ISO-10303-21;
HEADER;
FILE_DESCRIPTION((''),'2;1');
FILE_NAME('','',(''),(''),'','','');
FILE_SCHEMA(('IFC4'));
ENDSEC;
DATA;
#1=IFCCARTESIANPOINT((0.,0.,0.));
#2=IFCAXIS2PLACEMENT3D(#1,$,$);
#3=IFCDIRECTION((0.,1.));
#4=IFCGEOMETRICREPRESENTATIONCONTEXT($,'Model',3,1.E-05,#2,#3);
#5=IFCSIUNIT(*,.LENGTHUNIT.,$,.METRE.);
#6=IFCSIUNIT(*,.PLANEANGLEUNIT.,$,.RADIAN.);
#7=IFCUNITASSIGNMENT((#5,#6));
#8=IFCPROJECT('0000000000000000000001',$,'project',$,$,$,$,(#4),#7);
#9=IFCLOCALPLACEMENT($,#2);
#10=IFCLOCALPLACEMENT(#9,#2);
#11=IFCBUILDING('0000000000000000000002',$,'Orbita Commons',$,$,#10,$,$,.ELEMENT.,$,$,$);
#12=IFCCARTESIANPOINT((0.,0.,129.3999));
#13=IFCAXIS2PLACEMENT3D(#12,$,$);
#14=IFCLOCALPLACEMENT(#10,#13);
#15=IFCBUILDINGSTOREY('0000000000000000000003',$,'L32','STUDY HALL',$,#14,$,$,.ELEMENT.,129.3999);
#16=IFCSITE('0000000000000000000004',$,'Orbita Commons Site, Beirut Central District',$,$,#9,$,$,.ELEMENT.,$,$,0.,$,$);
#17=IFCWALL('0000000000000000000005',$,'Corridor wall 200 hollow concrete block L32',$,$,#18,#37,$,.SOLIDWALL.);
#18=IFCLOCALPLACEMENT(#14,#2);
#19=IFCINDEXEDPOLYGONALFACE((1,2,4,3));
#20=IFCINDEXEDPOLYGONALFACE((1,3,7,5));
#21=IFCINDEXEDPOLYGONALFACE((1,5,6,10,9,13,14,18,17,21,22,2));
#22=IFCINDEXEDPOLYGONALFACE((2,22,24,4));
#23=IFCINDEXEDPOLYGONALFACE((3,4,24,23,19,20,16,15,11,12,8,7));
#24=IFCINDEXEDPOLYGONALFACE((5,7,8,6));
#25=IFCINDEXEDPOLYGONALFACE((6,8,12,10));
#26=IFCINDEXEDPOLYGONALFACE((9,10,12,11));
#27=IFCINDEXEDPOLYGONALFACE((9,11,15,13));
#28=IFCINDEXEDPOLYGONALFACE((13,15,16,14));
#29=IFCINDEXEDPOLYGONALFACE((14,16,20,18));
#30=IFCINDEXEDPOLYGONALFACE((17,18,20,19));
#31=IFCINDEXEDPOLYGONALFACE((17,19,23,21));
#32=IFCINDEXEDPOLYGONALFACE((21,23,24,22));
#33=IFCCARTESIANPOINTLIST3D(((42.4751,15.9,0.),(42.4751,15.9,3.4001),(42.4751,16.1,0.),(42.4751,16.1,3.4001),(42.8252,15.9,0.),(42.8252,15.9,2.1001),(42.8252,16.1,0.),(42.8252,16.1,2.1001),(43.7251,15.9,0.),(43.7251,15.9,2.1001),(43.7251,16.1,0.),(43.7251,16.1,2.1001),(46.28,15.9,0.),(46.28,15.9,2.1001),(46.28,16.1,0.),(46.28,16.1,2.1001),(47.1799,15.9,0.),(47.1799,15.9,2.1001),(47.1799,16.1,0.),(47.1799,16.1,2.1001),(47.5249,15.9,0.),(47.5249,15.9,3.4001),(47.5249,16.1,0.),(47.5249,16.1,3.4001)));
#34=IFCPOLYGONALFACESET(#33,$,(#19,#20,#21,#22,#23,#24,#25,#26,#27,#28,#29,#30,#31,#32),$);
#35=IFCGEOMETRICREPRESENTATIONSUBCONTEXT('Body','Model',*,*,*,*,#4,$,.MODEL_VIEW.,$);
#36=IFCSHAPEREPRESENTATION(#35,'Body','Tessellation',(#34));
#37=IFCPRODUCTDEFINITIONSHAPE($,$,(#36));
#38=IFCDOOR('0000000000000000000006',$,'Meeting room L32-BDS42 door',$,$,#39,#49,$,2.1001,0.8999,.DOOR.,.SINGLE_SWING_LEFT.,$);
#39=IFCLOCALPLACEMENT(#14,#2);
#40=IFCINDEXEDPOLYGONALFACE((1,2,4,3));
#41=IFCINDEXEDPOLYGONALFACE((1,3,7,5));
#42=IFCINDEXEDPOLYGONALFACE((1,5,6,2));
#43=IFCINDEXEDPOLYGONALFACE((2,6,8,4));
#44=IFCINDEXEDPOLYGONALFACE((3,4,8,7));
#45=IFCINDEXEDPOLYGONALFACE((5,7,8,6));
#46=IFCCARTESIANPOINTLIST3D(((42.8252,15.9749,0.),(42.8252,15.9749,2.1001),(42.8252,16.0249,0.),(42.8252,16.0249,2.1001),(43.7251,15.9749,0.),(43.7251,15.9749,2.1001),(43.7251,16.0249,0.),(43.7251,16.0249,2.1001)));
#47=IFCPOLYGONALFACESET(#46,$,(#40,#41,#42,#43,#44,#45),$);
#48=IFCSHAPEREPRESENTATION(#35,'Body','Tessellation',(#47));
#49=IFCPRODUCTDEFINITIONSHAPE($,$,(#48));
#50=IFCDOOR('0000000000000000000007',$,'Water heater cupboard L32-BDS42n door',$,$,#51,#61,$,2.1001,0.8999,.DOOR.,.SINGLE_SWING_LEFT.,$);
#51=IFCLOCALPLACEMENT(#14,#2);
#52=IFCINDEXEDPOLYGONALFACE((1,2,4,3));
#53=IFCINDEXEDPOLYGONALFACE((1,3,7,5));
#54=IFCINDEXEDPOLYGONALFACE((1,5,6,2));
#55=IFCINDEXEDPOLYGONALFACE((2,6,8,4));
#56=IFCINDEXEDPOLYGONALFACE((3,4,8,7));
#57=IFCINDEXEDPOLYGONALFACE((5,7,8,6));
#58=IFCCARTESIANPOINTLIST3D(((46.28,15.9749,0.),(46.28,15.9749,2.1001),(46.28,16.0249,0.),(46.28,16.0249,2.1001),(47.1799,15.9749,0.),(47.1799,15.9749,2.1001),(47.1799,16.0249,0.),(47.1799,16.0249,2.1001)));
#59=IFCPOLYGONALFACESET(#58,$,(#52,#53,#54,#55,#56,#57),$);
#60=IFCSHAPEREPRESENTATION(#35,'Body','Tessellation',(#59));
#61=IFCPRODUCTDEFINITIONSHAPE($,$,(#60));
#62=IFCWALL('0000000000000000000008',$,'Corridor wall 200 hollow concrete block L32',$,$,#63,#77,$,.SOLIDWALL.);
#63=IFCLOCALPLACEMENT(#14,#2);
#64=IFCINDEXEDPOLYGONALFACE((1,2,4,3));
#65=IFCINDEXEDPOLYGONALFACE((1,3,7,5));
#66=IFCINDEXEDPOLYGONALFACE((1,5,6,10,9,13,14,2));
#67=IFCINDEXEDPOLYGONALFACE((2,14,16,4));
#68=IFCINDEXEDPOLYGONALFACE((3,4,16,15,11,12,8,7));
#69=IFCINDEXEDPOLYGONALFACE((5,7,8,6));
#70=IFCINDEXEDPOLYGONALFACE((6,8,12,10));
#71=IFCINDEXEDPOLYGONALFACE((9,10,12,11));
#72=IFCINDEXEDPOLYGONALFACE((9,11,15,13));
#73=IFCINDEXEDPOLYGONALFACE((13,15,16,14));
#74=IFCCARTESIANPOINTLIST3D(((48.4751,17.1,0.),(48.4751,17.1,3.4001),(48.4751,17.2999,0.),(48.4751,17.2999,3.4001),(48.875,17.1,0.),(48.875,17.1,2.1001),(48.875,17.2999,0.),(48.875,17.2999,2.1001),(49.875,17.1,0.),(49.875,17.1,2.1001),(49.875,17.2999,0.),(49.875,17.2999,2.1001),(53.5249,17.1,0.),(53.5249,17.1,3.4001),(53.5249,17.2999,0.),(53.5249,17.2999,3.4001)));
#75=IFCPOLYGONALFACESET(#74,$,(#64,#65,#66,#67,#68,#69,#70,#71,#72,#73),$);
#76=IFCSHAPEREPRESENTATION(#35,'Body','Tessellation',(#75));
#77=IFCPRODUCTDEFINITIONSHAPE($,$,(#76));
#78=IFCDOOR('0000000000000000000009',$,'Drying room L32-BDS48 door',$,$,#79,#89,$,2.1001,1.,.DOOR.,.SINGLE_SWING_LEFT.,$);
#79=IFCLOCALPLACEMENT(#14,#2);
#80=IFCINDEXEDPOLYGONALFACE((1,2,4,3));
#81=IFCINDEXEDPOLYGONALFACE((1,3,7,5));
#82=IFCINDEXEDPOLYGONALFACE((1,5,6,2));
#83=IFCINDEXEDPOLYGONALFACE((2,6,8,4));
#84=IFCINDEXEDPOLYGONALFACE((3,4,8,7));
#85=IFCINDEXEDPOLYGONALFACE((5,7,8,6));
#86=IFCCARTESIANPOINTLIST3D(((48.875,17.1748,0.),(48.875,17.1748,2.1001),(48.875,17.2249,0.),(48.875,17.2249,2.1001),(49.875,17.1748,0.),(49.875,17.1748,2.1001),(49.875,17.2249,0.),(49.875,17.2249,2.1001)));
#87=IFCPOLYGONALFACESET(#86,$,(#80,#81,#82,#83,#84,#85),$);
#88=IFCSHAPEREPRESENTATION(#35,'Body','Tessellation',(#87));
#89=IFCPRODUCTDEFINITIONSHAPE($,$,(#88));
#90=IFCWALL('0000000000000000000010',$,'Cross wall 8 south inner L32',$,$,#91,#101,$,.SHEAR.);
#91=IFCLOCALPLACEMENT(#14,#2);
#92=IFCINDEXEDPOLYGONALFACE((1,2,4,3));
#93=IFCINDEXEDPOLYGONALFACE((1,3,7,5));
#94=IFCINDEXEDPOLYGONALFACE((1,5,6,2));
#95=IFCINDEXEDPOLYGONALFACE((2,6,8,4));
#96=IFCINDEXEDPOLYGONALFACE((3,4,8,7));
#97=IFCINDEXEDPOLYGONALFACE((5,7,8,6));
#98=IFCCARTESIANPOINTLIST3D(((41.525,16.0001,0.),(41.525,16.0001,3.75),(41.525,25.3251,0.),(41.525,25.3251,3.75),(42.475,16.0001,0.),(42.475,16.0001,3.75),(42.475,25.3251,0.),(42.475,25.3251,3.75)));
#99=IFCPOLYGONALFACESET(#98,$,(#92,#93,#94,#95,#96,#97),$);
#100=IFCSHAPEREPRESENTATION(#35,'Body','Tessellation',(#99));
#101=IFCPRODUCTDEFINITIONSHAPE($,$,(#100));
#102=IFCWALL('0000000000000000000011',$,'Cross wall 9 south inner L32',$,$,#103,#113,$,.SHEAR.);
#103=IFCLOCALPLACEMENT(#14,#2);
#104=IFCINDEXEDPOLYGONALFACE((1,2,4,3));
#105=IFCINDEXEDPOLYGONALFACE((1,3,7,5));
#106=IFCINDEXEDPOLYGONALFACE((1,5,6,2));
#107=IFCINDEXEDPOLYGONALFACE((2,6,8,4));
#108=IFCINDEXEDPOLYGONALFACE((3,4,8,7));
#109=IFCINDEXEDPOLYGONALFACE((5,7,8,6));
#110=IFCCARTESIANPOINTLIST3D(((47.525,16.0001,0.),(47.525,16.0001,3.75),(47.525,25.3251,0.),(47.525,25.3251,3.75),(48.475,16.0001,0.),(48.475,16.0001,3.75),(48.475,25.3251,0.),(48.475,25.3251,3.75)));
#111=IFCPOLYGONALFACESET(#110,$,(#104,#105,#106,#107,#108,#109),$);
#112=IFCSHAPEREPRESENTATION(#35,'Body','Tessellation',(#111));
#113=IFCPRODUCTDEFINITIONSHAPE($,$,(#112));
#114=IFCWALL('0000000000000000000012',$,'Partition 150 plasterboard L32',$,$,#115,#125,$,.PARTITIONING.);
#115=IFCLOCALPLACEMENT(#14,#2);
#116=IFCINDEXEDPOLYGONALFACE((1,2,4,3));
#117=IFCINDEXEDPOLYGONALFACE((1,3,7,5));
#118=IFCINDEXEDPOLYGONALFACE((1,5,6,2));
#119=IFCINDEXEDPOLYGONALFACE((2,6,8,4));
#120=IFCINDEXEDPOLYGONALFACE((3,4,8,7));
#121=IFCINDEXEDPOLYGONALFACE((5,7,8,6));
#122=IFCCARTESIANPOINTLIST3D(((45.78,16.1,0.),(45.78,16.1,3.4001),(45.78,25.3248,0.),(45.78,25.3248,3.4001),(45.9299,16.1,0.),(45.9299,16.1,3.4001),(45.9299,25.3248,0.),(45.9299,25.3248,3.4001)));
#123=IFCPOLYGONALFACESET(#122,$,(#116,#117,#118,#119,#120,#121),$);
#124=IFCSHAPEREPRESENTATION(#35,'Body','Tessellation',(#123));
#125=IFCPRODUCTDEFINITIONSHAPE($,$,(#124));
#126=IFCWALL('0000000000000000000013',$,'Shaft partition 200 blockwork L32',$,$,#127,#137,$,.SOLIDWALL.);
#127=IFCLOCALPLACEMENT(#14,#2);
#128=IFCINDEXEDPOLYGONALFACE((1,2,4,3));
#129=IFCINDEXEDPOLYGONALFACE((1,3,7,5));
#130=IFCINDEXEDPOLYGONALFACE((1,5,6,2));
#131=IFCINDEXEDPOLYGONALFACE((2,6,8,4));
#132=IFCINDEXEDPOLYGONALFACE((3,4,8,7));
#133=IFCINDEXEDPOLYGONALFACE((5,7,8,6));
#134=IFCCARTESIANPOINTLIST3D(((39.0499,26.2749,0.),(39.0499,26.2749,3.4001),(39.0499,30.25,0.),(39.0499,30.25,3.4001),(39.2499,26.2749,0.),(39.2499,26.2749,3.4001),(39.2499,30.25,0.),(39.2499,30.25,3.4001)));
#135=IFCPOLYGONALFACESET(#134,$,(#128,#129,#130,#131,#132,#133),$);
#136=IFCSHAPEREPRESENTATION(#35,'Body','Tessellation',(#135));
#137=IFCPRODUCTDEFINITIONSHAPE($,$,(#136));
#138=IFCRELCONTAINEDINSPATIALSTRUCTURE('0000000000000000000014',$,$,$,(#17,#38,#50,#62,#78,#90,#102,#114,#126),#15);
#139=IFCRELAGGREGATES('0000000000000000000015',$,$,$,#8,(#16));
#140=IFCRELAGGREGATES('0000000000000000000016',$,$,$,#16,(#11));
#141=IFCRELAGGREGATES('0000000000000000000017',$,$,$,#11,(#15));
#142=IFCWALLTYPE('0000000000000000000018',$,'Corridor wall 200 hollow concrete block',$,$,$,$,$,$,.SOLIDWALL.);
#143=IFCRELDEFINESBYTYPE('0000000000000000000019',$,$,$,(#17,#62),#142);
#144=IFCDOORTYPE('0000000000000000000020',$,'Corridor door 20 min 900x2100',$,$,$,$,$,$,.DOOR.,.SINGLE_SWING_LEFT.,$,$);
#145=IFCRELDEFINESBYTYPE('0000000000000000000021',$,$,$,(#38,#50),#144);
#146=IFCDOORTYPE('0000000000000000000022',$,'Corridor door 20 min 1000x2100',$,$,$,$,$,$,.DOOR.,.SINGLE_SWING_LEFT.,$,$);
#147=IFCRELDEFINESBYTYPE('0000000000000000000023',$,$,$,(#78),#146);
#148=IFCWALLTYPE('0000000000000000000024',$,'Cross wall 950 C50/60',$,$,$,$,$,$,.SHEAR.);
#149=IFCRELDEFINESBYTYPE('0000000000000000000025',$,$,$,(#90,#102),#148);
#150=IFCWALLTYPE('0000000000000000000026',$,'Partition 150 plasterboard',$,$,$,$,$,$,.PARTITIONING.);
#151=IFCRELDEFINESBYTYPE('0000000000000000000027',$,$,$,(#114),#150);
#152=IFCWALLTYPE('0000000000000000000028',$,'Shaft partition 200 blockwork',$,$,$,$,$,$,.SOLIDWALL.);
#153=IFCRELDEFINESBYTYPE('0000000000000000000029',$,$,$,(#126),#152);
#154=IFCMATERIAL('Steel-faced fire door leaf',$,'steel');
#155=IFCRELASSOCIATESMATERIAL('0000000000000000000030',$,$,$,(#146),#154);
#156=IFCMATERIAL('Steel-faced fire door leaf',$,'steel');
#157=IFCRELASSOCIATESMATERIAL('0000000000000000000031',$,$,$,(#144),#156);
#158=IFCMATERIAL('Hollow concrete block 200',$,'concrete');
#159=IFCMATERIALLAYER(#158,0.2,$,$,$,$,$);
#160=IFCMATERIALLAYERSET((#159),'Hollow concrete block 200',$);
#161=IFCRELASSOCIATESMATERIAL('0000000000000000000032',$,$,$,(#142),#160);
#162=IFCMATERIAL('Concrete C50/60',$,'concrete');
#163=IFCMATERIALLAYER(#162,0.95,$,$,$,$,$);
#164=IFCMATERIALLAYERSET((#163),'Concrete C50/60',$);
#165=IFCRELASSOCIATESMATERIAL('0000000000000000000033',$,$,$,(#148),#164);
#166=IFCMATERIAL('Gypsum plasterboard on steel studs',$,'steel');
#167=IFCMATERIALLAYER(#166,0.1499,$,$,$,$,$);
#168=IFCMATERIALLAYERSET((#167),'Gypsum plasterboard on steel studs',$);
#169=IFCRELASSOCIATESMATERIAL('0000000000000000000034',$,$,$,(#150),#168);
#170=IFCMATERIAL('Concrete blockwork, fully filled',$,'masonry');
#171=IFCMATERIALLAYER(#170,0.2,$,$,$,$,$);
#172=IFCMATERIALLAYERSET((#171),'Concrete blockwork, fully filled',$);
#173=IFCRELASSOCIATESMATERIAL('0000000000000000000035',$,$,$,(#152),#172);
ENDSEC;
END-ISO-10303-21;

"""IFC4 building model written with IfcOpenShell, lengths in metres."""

from ifc_helpers import new_model, si_unit, direction, frame, frame_2d, origin, place, context, subcontext, project, spatial, rectangle, extrude, material, layer, layer_set, type_object, element, fill, save


model = new_model("IFC4")

# Units and contexts
model_context = context("Model", 3, precision=1e-05, world=origin(), true_north=direction((0.0, 1.0)))
body_context = subcontext(model_context, "Body", "Model", "MODEL_VIEW")
ifc_project = project(units=[si_unit("LENGTHUNIT", "METRE"), si_unit("PLANEANGLEUNIT", "RADIAN")], contexts=[model_context])

# Site, building, storey
site_placement = place(None, origin())
site = spatial("IfcSite", under=ifc_project, at=site_placement, Name="Orbita Commons Site, Beirut Central District", CompositionType="ELEMENT", RefElevation=0.0)
building_placement = place(site_placement, origin())
building = spatial("IfcBuilding", under=site, at=building_placement, Name="Orbita Commons", CompositionType="ELEMENT")
storey_placement = place(building_placement, frame((0.0, 0.0, 129.3999)))
storey = spatial("IfcBuildingStorey", under=building, at=storey_placement, Name="L32", Description="STUDY HALL", CompositionType="ELEMENT", Elevation=129.3999)

# Shared definitions
ifc_material_1 = material(Name="Steel-faced fire door leaf", Category="steel")
door_type_1 = type_object("IfcDoorType", Name="Corridor door 20 min 1000x2100", OperationType="SINGLE_SWING_LEFT", PredefinedType="DOOR", material=ifc_material_1)

# Wall, openings, doors
ifc_material_2 = material(Name="Steel-faced fire door leaf", Category="steel")
door_type_2 = type_object("IfcDoorType", Name="Corridor door 20 min 900x2100", OperationType="SINGLE_SWING_LEFT", PredefinedType="DOOR", material=ifc_material_2)
ifc_material_3 = material(Name="Hollow concrete block 200", Category="concrete")
ifc_layer_1 = layer(ifc_material_3, 0.2)
ifc_layer_set_1 = layer_set([ifc_layer_1], Name="Hollow concrete block 200")
wall_type_1 = type_object("IfcWallType", Name="Corridor wall 200 hollow concrete block", PredefinedType="SOLIDWALL", material=ifc_layer_set_1)
wall_1_placement = place(storey_placement, frame((42.4751, 16.0, 0.0), z_axis=(0.0, 0.0, 1.0), x_axis=(1.0, 0.0, 0.0)))
wall_1 = element("IfcWall", 1, at=wall_1_placement, inside=storey, type_object=wall_type_1, Name="Corridor wall 200 hollow concrete block L32", PredefinedType="SOLIDWALL", context=body_context, shape_type="SweptSolid", body=[
    extrude(rectangle(XDim=5.0498, YDim=0.2, at=frame_2d((2.5249, 0.0))), origin(), (0.0, 0.0, 1.0), 3.4001),
])
opening_1_placement = place(wall_1_placement, frame((0.3501, 0.0, 0.0)))
opening_1 = element("IfcOpeningElement", 2, at=opening_1_placement, cuts=wall_1, PredefinedType="OPENING", context=body_context, shape_type="SweptSolid", body=[
    extrude(rectangle(XDim=0.8999, YDim=2.1001, at=frame_2d((0.45, 1.05))), frame((0.0, 0.1099, 0.0), z_axis=(0.0, -1.0, 0.0), x_axis=(1.0, 0.0, 0.0)), (0.0, 0.0, 1.0), 0.22),
])
opening_2_placement = place(wall_1_placement, frame((3.8049, 0.0, 0.0)))
opening_2 = element("IfcOpeningElement", 3, at=opening_2_placement, cuts=wall_1, PredefinedType="OPENING", context=body_context, shape_type="SweptSolid", body=[
    extrude(rectangle(XDim=0.8999, YDim=2.1001, at=frame_2d((0.45, 1.05))), frame((0.0, 0.1099, 0.0), z_axis=(0.0, -1.0, 0.0), x_axis=(1.0, 0.0, 0.0)), (0.0, 0.0, 1.0), 0.22),
])
door_1_placement = place(opening_1_placement, origin())
door_1 = element("IfcDoor", 4, at=door_1_placement, inside=storey, type_object=door_type_2, Name="Meeting room L32-BDS42 door", OperationType="SINGLE_SWING_LEFT", OverallHeight=2.1001, OverallWidth=0.8999, PredefinedType="DOOR", context=body_context, shape_type="SweptSolid", body=[
    extrude(rectangle(XDim=0.8999, YDim=2.1001, at=frame_2d((0.45, 1.05))), frame((0.0, 0.0249, 0.0), z_axis=(0.0, -1.0, 0.0), x_axis=(1.0, 0.0, 0.0)), (0.0, 0.0, 1.0), 0.05),
])
fill(opening_1, door_1)
door_2_placement = place(opening_2_placement, origin())
door_2 = element("IfcDoor", 5, at=door_2_placement, inside=storey, type_object=door_type_2, Name="Water heater cupboard L32-BDS42n door", OperationType="SINGLE_SWING_LEFT", OverallHeight=2.1001, OverallWidth=0.8999, PredefinedType="DOOR", context=body_context, shape_type="SweptSolid", body=[
    extrude(rectangle(XDim=0.8999, YDim=2.1001, at=frame_2d((0.45, 1.05))), frame((0.0, 0.0249, 0.0), z_axis=(0.0, -1.0, 0.0), x_axis=(1.0, 0.0, 0.0)), (0.0, 0.0, 1.0), 0.05),
])
fill(opening_2, door_2)

# Wall, opening, door
wall_2_placement = place(storey_placement, frame((48.4751, 17.2, 0.0), z_axis=(0.0, 0.0, 1.0), x_axis=(1.0, 0.0, 0.0)))
wall_2 = element("IfcWall", 6, at=wall_2_placement, inside=storey, type_object=wall_type_1, Name="Corridor wall 200 hollow concrete block L32", PredefinedType="SOLIDWALL", context=body_context, shape_type="SweptSolid", body=[
    extrude(rectangle(XDim=5.0498, YDim=0.2, at=frame_2d((2.5249, 0.0))), origin(), (0.0, 0.0, 1.0), 3.4001),
])
opening_3_placement = place(wall_2_placement, frame((0.3999, 0.0, 0.0)))
opening_3 = element("IfcOpeningElement", 7, at=opening_3_placement, cuts=wall_2, PredefinedType="OPENING", context=body_context, shape_type="SweptSolid", body=[
    extrude(rectangle(XDim=1.0, YDim=2.1001, at=frame_2d((0.5, 1.05))), frame((0.0, 0.1099, 0.0), z_axis=(0.0, -1.0, 0.0), x_axis=(1.0, 0.0, 0.0)), (0.0, 0.0, 1.0), 0.22),
])
door_3_placement = place(opening_3_placement, origin())
door_3 = element("IfcDoor", 8, at=door_3_placement, inside=storey, type_object=door_type_1, Name="Drying room L32-BDS48 door", OperationType="SINGLE_SWING_LEFT", OverallHeight=2.1001, OverallWidth=1.0, PredefinedType="DOOR", context=body_context, shape_type="SweptSolid", body=[
    extrude(rectangle(XDim=1.0, YDim=2.1001, at=frame_2d((0.5, 1.05))), frame((0.0, 0.0249, 0.0), z_axis=(0.0, -1.0, 0.0), x_axis=(1.0, 0.0, 0.0)), (0.0, 0.0, 1.0), 0.05),
])
fill(opening_3, door_3)

# Walls
ifc_material_4 = material(Name="Concrete C50/60", Category="concrete")
ifc_layer_2 = layer(ifc_material_4, 0.95)
ifc_layer_set_2 = layer_set([ifc_layer_2], Name="Concrete C50/60")
wall_type_2 = type_object("IfcWallType", Name="Cross wall 950 C50/60", PredefinedType="SHEAR", material=ifc_layer_set_2)
for number, where, z_axis, x_axis, name in (
    (9, (42.0, 16.0, 0.0), (0.0, 0.0, 1.0), (0.0, 1.0, 0.0), "Cross wall 8 south inner L32"),
    (10, (48.0, 16.0, 0.0), (0.0, 0.0, 1.0), (0.0, 1.0, 0.0), "Cross wall 9 south inner L32"),
):
    element("IfcWall", number, at=place(storey_placement, frame(where, z_axis=z_axis, x_axis=x_axis)), inside=storey, type_object=wall_type_2, Name=name, PredefinedType="SHEAR", context=body_context, shape_type="SweptSolid", body=[
        extrude(rectangle(XDim=9.325, YDim=0.95, at=frame_2d((4.6626, 0.0))), origin(), (0.0, 0.0, 1.0), 3.75),
    ])
ifc_material_5 = material(Name="Gypsum plasterboard on steel studs", Category="steel")
ifc_layer_3 = layer(ifc_material_5, 0.1499)
ifc_layer_set_3 = layer_set([ifc_layer_3], Name="Gypsum plasterboard on steel studs")
wall_type_3 = type_object("IfcWallType", Name="Partition 150 plasterboard", PredefinedType="PARTITIONING", material=ifc_layer_set_3)
wall_3_placement = place(storey_placement, frame((45.855, 16.1001, 0.0), z_axis=(0.0, 0.0, 1.0), x_axis=(0.0, 1.0, 0.0)))
element("IfcWall", 11, at=wall_3_placement, inside=storey, type_object=wall_type_3, Name="Partition 150 plasterboard L32", PredefinedType="PARTITIONING", context=body_context, shape_type="SweptSolid", body=[
    extrude(rectangle(XDim=9.2249, YDim=0.1499, at=frame_2d((4.6123, 0.0))), origin(), (0.0, 0.0, 1.0), 3.4001),
])
ifc_material_6 = material(Name="Concrete blockwork, fully filled", Category="masonry")
ifc_layer_4 = layer(ifc_material_6, 0.2)
ifc_layer_set_4 = layer_set([ifc_layer_4], Name="Concrete blockwork, fully filled")
wall_type_4 = type_object("IfcWallType", Name="Shaft partition 200 blockwork", PredefinedType="SOLIDWALL", material=ifc_layer_set_4)
wall_4_placement = place(storey_placement, frame((39.1499, 26.2749, 0.0), z_axis=(0.0, 0.0, 1.0), x_axis=(0.0, 1.0, 0.0)))
element("IfcWall", 12, at=wall_4_placement, inside=storey, type_object=wall_type_4, Name="Shaft partition 200 blockwork L32", PredefinedType="SOLIDWALL", context=body_context, shape_type="SweptSolid", body=[
    extrude(rectangle(XDim=3.9751, YDim=0.2, at=frame_2d((1.9875, 0.0))), origin(), (0.0, 0.0, 1.0), 3.4001),
])

save(model, "model.ifc")
